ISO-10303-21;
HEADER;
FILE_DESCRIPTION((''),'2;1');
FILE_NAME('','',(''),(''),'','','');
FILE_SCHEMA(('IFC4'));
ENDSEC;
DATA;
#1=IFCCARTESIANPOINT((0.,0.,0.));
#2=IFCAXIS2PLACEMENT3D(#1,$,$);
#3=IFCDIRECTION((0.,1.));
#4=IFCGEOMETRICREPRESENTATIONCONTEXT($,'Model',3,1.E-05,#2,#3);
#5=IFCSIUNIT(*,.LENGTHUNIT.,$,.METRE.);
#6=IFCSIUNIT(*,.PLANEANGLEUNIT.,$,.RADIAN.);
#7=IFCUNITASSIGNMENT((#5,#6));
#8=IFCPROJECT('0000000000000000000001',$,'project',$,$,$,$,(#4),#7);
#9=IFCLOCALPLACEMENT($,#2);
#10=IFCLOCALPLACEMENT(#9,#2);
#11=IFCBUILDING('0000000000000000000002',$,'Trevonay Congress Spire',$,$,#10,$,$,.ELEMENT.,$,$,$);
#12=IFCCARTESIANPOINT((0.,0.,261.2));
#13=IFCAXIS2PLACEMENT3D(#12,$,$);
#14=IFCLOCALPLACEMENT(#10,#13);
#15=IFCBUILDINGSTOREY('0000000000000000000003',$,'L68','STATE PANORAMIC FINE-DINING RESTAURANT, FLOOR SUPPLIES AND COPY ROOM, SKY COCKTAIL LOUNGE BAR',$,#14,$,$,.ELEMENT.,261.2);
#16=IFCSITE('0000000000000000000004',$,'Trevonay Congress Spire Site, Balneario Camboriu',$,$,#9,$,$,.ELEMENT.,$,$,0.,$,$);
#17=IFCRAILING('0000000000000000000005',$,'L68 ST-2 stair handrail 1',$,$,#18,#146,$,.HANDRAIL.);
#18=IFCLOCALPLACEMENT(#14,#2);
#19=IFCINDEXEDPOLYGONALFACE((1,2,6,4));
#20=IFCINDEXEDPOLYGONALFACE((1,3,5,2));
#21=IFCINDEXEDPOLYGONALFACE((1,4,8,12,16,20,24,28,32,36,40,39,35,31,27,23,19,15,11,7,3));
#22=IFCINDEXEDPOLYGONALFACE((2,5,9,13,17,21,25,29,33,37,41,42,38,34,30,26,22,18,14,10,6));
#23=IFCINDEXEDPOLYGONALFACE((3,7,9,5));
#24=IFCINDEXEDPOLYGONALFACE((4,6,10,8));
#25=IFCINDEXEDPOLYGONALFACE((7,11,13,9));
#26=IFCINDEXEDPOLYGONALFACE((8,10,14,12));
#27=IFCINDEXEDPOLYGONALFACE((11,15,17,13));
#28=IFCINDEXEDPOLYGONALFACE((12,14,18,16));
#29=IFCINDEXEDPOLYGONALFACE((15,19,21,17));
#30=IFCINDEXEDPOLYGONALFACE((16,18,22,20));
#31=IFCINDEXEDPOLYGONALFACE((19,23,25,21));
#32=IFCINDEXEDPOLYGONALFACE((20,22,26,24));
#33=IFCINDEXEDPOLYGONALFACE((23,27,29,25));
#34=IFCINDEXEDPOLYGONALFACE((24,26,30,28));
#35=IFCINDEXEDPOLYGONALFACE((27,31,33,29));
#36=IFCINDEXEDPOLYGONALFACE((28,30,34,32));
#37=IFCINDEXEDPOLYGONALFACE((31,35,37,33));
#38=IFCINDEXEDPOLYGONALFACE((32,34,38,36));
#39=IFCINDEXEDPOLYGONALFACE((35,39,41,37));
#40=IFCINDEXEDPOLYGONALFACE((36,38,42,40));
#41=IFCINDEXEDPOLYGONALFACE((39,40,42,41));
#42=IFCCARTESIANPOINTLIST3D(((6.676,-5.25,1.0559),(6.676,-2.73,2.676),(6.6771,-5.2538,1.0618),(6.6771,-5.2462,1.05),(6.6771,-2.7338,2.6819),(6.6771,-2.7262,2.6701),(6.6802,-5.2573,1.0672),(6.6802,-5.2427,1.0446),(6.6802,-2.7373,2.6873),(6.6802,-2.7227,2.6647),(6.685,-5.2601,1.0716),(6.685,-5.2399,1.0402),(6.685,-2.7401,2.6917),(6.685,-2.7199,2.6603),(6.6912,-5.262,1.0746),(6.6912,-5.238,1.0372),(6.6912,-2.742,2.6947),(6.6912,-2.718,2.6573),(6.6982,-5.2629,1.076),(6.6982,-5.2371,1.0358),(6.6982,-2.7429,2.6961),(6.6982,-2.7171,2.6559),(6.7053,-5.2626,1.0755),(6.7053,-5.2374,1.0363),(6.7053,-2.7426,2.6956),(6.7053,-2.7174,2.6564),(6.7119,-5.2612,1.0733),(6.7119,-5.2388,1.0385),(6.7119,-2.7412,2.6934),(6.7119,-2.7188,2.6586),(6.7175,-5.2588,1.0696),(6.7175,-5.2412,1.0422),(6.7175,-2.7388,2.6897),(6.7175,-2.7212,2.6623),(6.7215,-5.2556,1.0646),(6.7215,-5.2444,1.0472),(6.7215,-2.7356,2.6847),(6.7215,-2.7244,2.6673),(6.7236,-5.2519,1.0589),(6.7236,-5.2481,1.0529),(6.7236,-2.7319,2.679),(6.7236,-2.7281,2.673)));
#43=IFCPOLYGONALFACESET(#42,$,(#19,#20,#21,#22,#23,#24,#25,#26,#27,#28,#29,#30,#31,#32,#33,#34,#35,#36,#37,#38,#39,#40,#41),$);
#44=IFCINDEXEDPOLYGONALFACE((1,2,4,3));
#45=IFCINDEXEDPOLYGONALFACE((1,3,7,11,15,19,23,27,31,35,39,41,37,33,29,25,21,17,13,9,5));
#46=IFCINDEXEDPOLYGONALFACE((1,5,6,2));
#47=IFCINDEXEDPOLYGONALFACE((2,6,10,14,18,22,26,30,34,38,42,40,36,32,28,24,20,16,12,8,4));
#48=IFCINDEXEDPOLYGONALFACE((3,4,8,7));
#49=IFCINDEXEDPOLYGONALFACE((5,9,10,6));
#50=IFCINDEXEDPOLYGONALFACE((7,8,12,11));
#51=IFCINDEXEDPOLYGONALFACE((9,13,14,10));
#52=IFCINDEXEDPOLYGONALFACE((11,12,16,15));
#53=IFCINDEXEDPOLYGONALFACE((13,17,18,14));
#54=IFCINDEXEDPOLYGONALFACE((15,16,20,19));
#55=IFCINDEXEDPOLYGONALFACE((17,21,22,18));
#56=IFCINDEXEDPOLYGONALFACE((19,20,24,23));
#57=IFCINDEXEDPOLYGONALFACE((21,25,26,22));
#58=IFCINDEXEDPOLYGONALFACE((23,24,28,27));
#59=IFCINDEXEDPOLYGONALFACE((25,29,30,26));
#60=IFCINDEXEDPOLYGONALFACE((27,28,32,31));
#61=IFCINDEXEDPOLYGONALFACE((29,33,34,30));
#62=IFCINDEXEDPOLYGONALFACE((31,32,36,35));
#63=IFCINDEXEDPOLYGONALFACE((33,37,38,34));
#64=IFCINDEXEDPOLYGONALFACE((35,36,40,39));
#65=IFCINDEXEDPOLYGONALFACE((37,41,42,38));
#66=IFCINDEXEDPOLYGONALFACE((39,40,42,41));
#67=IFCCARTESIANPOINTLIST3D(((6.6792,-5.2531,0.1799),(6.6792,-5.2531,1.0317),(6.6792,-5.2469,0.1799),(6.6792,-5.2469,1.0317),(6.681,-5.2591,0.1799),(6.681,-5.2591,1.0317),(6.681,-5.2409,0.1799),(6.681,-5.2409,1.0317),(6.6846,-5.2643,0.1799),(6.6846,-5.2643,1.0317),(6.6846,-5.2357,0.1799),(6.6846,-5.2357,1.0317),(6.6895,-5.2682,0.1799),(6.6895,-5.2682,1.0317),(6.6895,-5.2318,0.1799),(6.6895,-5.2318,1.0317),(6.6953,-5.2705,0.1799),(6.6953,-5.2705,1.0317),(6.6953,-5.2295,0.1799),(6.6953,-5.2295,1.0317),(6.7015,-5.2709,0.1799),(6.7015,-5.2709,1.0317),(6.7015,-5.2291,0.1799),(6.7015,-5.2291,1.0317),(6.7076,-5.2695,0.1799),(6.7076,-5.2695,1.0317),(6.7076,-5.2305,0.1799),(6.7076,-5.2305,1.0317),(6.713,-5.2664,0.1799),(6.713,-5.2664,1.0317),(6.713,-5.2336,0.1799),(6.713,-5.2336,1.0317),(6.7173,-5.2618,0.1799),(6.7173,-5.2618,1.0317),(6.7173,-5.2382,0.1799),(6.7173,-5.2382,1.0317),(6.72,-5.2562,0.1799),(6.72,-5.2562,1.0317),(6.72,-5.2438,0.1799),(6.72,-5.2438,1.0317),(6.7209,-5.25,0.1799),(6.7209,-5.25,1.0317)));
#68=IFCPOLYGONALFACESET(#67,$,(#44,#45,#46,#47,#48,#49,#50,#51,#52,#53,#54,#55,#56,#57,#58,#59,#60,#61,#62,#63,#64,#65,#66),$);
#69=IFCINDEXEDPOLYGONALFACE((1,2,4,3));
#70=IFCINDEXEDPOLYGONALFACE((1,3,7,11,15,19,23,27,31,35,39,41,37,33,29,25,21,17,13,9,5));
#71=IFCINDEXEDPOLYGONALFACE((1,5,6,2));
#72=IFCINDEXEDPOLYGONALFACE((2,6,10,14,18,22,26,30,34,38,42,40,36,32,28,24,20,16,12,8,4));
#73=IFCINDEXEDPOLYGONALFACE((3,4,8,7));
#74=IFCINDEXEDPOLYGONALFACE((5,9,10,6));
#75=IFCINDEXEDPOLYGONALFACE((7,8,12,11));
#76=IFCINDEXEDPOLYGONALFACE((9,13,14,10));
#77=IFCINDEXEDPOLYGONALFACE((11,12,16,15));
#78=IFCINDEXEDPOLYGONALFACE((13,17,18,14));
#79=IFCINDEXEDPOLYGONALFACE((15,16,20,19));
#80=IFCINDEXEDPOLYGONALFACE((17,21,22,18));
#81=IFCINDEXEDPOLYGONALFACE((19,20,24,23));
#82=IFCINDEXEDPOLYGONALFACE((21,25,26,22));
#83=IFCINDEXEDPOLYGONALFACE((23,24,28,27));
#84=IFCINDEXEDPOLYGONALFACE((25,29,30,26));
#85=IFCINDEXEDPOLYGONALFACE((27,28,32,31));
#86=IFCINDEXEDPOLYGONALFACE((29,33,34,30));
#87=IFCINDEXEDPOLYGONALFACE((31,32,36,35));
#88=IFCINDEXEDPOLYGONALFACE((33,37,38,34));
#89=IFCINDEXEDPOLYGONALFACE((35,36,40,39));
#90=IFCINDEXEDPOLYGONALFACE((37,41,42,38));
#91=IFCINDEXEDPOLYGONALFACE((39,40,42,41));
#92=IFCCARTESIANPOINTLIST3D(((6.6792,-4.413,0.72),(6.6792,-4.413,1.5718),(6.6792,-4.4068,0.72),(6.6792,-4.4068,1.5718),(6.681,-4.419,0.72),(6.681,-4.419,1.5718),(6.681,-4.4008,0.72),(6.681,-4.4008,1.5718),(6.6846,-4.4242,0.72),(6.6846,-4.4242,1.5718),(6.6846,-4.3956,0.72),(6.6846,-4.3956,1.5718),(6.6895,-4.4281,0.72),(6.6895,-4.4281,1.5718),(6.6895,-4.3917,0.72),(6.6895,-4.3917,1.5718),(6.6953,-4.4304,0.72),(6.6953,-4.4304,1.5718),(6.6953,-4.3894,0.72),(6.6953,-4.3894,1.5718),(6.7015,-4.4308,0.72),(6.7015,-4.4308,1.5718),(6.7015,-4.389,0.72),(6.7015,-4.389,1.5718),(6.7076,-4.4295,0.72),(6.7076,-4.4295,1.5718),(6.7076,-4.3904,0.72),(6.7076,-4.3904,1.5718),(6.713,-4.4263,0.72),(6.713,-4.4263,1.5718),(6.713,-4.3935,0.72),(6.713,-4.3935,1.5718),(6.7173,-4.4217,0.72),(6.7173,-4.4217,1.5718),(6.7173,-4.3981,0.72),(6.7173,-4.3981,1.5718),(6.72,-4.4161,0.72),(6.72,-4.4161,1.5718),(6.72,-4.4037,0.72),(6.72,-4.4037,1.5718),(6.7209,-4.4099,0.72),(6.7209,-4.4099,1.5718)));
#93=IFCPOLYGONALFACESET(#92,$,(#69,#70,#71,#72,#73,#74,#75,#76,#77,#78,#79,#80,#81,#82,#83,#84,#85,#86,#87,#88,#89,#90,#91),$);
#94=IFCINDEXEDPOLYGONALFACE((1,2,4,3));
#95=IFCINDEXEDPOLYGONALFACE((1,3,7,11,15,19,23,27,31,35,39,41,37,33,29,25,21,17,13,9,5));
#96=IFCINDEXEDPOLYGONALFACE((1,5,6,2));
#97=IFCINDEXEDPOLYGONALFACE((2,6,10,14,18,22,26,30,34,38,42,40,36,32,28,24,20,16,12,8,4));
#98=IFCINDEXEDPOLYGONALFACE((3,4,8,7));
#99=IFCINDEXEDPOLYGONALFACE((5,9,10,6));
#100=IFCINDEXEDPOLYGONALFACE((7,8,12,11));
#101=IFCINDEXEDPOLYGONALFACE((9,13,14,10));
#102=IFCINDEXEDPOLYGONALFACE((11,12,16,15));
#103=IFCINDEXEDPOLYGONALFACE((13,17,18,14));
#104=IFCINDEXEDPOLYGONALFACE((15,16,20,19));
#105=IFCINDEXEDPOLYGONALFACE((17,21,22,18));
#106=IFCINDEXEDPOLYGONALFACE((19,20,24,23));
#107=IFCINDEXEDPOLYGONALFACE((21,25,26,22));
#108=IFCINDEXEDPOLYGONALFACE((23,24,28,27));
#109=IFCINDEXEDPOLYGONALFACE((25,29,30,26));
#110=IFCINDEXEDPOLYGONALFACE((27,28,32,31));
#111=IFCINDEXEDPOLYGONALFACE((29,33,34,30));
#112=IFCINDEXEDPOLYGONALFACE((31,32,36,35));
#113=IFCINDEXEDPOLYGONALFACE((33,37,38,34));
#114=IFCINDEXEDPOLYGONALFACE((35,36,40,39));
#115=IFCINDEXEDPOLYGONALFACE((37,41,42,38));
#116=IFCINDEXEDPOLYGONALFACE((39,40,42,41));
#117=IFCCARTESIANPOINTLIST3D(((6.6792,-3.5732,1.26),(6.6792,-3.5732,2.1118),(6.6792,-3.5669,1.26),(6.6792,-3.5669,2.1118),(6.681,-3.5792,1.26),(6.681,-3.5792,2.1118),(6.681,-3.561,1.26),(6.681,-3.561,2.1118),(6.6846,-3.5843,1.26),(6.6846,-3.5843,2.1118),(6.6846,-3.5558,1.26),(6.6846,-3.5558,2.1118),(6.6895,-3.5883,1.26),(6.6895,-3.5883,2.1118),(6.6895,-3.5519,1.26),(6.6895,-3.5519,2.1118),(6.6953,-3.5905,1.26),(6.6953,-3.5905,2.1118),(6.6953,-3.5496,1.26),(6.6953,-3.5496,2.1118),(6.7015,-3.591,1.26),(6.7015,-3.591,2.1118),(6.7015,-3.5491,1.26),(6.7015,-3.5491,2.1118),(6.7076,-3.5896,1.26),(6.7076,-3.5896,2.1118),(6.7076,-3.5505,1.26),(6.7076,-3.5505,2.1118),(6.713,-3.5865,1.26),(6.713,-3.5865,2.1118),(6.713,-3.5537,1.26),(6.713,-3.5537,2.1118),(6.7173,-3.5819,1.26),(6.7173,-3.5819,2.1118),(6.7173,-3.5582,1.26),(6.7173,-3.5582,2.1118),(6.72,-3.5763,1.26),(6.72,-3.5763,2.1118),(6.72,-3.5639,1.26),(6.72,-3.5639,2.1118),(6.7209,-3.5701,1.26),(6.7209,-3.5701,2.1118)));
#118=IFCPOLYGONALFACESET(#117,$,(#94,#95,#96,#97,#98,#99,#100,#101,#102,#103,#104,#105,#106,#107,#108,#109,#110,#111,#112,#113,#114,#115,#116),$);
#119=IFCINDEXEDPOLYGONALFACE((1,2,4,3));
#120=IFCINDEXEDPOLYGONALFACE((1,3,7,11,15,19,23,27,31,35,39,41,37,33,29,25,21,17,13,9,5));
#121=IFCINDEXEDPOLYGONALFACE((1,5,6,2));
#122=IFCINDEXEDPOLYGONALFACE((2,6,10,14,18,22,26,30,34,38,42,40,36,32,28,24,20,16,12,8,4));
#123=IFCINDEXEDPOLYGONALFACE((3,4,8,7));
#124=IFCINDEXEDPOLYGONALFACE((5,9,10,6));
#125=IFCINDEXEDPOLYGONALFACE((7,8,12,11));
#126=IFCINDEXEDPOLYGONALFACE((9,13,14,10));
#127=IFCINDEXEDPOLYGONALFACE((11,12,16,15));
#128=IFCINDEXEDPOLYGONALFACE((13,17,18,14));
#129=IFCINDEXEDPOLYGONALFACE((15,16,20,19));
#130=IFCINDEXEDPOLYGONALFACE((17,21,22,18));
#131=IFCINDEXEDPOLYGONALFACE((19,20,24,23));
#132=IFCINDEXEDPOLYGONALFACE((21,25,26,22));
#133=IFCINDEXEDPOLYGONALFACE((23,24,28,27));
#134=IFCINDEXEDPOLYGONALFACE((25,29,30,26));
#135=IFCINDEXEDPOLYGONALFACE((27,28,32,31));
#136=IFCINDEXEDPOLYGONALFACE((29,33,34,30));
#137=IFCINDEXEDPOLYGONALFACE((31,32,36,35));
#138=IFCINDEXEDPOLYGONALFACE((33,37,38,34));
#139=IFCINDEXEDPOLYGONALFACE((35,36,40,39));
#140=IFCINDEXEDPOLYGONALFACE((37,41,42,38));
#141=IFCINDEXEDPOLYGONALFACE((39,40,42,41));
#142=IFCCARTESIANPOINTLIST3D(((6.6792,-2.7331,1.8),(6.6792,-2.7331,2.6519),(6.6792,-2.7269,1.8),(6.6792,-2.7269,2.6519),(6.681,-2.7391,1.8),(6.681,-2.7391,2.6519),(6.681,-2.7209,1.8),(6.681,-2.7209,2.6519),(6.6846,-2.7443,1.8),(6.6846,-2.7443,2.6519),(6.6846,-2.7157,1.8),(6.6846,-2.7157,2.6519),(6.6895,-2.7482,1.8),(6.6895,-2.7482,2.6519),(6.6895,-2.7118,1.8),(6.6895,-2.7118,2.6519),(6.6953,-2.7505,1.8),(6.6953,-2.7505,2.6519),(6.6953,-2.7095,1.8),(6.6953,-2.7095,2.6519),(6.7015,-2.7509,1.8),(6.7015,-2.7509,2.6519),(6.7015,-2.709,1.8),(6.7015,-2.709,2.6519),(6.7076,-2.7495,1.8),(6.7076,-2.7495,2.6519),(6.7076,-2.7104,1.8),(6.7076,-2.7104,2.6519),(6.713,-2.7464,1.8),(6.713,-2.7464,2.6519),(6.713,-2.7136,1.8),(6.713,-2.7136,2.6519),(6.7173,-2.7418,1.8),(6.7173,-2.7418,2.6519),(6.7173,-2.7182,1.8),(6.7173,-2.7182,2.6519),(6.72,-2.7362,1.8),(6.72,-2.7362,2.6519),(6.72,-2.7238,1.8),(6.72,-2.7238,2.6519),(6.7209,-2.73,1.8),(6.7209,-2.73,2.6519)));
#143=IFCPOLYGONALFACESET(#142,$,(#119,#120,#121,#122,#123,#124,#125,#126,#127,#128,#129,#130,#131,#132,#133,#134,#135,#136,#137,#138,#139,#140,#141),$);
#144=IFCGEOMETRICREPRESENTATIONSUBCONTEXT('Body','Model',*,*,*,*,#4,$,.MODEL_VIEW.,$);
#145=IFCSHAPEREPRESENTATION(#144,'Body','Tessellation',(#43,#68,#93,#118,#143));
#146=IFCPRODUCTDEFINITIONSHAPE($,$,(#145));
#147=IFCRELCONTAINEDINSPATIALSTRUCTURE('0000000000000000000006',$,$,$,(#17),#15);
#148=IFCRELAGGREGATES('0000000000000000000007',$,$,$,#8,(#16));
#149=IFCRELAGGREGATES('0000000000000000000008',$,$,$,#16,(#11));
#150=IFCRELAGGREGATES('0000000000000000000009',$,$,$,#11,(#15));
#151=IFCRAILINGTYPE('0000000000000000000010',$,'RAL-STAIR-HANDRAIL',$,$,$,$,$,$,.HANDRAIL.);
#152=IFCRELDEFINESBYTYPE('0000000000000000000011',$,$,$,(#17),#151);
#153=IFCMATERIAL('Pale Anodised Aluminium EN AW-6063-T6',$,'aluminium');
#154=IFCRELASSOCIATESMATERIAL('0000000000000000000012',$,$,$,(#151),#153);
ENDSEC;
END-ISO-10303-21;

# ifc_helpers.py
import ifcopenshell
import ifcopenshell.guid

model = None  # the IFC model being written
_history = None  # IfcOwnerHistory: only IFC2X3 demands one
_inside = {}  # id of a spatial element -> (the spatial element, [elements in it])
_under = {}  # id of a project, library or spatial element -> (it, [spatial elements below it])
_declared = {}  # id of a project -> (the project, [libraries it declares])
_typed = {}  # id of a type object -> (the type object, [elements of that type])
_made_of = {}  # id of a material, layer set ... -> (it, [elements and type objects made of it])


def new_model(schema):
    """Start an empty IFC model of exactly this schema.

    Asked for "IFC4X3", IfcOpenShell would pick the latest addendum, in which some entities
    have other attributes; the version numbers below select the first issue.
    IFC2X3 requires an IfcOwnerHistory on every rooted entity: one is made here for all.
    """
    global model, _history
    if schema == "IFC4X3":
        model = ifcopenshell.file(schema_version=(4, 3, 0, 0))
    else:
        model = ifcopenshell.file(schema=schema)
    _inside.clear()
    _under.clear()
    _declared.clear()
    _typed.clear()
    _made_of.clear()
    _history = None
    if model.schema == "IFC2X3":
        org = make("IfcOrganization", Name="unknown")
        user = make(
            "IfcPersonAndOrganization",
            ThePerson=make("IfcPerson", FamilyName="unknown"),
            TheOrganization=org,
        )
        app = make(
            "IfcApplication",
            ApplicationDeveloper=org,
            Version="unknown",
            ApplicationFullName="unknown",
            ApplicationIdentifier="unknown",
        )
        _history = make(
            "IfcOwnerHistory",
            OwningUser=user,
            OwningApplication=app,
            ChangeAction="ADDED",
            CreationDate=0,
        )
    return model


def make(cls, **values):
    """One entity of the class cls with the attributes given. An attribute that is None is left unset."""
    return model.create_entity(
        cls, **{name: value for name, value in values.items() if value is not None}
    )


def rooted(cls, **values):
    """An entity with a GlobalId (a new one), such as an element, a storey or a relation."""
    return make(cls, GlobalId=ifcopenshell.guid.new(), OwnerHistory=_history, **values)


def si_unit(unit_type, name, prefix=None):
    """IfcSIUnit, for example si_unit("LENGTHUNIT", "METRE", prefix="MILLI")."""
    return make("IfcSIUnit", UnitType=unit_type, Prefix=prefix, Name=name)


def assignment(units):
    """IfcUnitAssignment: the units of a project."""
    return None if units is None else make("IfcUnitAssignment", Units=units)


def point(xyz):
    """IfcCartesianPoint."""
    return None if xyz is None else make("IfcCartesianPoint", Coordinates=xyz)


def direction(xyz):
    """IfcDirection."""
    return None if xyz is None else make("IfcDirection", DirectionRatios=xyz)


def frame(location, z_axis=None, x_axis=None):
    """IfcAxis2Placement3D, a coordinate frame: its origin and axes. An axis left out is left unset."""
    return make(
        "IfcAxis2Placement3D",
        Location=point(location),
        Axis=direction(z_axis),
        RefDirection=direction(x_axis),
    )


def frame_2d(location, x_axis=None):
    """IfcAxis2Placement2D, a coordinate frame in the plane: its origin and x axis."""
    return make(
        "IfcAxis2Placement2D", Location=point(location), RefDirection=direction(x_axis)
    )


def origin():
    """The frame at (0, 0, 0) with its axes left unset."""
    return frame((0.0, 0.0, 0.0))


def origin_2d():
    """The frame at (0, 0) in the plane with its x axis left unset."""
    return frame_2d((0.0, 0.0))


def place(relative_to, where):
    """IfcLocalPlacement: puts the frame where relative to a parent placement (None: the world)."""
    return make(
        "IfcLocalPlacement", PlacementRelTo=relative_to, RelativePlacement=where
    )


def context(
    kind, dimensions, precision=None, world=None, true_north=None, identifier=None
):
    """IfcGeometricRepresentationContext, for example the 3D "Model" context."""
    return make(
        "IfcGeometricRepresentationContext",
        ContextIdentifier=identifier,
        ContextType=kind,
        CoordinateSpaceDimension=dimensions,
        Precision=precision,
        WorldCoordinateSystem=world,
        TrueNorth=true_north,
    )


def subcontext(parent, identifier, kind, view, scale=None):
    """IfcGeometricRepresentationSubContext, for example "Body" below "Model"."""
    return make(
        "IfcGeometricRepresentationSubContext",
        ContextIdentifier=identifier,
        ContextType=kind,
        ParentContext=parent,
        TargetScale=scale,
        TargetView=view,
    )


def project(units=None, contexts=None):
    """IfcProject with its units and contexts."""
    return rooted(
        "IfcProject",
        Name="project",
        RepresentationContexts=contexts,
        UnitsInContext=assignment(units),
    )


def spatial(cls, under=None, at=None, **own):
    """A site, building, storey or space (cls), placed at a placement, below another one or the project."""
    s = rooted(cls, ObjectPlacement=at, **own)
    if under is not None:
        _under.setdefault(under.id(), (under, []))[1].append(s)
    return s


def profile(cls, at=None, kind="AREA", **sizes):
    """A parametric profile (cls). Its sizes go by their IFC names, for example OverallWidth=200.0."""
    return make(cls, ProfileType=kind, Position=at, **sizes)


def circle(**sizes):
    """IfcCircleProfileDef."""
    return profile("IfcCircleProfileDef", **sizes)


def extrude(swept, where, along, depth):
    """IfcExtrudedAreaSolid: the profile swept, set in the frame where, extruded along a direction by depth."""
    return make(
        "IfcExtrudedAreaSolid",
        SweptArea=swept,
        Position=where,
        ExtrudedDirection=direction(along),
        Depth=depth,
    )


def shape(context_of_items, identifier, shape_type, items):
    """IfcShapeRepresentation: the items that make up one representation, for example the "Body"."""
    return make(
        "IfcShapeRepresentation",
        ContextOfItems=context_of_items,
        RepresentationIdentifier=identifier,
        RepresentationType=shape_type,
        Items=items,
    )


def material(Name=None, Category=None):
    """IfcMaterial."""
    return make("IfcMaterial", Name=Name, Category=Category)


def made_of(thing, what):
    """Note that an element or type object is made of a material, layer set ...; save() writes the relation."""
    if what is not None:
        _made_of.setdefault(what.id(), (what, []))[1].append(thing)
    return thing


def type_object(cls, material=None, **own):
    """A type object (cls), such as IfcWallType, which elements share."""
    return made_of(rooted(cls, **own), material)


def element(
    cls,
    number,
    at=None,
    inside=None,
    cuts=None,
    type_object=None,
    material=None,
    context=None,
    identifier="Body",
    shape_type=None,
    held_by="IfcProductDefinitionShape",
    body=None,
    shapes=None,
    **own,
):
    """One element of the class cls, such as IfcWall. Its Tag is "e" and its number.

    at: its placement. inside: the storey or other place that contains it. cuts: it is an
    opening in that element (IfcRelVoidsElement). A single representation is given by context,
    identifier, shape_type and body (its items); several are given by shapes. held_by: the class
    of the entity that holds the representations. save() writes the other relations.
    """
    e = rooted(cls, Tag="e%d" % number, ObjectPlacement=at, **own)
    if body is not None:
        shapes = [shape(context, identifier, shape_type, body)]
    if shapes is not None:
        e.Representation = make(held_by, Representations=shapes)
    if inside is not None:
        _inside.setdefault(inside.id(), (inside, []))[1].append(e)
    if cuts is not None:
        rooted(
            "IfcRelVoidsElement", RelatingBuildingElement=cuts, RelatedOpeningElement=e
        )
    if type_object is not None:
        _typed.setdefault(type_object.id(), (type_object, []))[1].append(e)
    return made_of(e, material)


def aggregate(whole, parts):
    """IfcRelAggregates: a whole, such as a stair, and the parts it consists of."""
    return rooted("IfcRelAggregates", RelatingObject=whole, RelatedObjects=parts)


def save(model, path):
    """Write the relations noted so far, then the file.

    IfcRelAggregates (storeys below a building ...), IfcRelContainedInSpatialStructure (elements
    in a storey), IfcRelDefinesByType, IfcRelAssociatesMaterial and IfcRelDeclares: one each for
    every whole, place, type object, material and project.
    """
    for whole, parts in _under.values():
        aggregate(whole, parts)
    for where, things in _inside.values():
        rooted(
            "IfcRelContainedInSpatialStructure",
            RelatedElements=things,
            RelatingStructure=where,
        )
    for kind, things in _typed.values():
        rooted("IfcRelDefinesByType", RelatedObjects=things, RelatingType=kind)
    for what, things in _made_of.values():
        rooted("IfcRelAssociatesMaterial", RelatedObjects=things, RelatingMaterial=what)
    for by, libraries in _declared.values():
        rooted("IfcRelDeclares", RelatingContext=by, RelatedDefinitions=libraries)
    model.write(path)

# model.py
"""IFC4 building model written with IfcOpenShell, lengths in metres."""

from ifc_helpers import new_model, si_unit, direction, frame, origin, origin_2d, place, context, subcontext, project, spatial, circle, extrude, material, type_object, element, save


model = new_model("IFC4")

# Units and contexts
model_context = context("Model", 3, precision=1e-05, world=origin(), true_north=direction((0.0, 1.0)))
body_context = subcontext(model_context, "Body", "Model", "MODEL_VIEW")
ifc_project = project(units=[si_unit("LENGTHUNIT", "METRE"), si_unit("PLANEANGLEUNIT", "RADIAN")], contexts=[model_context])

# Site, building, storey
site_placement = place(None, origin())
site = spatial("IfcSite", under=ifc_project, at=site_placement, Name="Trevonay Congress Spire Site, Balneario Camboriu", CompositionType="ELEMENT", RefElevation=0.0)
building_placement = place(site_placement, origin())
building = spatial("IfcBuilding", under=site, at=building_placement, Name="Trevonay Congress Spire", CompositionType="ELEMENT")
storey_placement = place(building_placement, frame((0.0, 0.0, 261.2)))
storey = spatial("IfcBuildingStorey", under=building, at=storey_placement, Name="L68", Description="STATE PANORAMIC FINE-DINING RESTAURANT, FLOOR SUPPLIES AND COPY ROOM, SKY COCKTAIL LOUNGE BAR", CompositionType="ELEMENT", Elevation=261.2)

# Shared definitions
ifc_material_1 = material(Name="Pale Anodised Aluminium EN AW-6063-T6", Category="aluminium")

# Railing
railing_type_1 = type_object("IfcRailingType", Name="RAL-STAIR-HANDRAIL", PredefinedType="HANDRAIL", material=ifc_material_1)
railing_1_placement = place(storey_placement, frame((6.7, -5.25, 0.1799)))
element("IfcRailing", 1, at=railing_1_placement, inside=storey, type_object=railing_type_1, Name="L68 ST-2 stair handrail 1", PredefinedType="HANDRAIL", context=body_context, shape_type="SweptSolid", body=[
    extrude(circle(Radius=0.0239, at=origin_2d()), frame((0.0, 0.0, 0.876), z_axis=(0.0, 0.841163, 0.540782), x_axis=(-1.0, 0.0, 0.0)), (0.0, 0.0, 1.0), 2.9958),
    extrude(circle(Radius=0.021, at=origin_2d()), origin(), (0.0, 0.0, 1.0), 0.8518),
    extrude(circle(Radius=0.021, at=origin_2d()), frame((0.0, 0.8401, 0.54)), (0.0, 0.0, 1.0), 0.8518),
    extrude(circle(Radius=0.021, at=origin_2d()), frame((0.0, 1.6799, 1.0801)), (0.0, 0.0, 1.0), 0.8518),
    extrude(circle(Radius=0.021, at=origin_2d()), frame((0.0, 2.52, 1.6201)), (0.0, 0.0, 1.0), 0.8518),
])

save(model, "model.ifc")
